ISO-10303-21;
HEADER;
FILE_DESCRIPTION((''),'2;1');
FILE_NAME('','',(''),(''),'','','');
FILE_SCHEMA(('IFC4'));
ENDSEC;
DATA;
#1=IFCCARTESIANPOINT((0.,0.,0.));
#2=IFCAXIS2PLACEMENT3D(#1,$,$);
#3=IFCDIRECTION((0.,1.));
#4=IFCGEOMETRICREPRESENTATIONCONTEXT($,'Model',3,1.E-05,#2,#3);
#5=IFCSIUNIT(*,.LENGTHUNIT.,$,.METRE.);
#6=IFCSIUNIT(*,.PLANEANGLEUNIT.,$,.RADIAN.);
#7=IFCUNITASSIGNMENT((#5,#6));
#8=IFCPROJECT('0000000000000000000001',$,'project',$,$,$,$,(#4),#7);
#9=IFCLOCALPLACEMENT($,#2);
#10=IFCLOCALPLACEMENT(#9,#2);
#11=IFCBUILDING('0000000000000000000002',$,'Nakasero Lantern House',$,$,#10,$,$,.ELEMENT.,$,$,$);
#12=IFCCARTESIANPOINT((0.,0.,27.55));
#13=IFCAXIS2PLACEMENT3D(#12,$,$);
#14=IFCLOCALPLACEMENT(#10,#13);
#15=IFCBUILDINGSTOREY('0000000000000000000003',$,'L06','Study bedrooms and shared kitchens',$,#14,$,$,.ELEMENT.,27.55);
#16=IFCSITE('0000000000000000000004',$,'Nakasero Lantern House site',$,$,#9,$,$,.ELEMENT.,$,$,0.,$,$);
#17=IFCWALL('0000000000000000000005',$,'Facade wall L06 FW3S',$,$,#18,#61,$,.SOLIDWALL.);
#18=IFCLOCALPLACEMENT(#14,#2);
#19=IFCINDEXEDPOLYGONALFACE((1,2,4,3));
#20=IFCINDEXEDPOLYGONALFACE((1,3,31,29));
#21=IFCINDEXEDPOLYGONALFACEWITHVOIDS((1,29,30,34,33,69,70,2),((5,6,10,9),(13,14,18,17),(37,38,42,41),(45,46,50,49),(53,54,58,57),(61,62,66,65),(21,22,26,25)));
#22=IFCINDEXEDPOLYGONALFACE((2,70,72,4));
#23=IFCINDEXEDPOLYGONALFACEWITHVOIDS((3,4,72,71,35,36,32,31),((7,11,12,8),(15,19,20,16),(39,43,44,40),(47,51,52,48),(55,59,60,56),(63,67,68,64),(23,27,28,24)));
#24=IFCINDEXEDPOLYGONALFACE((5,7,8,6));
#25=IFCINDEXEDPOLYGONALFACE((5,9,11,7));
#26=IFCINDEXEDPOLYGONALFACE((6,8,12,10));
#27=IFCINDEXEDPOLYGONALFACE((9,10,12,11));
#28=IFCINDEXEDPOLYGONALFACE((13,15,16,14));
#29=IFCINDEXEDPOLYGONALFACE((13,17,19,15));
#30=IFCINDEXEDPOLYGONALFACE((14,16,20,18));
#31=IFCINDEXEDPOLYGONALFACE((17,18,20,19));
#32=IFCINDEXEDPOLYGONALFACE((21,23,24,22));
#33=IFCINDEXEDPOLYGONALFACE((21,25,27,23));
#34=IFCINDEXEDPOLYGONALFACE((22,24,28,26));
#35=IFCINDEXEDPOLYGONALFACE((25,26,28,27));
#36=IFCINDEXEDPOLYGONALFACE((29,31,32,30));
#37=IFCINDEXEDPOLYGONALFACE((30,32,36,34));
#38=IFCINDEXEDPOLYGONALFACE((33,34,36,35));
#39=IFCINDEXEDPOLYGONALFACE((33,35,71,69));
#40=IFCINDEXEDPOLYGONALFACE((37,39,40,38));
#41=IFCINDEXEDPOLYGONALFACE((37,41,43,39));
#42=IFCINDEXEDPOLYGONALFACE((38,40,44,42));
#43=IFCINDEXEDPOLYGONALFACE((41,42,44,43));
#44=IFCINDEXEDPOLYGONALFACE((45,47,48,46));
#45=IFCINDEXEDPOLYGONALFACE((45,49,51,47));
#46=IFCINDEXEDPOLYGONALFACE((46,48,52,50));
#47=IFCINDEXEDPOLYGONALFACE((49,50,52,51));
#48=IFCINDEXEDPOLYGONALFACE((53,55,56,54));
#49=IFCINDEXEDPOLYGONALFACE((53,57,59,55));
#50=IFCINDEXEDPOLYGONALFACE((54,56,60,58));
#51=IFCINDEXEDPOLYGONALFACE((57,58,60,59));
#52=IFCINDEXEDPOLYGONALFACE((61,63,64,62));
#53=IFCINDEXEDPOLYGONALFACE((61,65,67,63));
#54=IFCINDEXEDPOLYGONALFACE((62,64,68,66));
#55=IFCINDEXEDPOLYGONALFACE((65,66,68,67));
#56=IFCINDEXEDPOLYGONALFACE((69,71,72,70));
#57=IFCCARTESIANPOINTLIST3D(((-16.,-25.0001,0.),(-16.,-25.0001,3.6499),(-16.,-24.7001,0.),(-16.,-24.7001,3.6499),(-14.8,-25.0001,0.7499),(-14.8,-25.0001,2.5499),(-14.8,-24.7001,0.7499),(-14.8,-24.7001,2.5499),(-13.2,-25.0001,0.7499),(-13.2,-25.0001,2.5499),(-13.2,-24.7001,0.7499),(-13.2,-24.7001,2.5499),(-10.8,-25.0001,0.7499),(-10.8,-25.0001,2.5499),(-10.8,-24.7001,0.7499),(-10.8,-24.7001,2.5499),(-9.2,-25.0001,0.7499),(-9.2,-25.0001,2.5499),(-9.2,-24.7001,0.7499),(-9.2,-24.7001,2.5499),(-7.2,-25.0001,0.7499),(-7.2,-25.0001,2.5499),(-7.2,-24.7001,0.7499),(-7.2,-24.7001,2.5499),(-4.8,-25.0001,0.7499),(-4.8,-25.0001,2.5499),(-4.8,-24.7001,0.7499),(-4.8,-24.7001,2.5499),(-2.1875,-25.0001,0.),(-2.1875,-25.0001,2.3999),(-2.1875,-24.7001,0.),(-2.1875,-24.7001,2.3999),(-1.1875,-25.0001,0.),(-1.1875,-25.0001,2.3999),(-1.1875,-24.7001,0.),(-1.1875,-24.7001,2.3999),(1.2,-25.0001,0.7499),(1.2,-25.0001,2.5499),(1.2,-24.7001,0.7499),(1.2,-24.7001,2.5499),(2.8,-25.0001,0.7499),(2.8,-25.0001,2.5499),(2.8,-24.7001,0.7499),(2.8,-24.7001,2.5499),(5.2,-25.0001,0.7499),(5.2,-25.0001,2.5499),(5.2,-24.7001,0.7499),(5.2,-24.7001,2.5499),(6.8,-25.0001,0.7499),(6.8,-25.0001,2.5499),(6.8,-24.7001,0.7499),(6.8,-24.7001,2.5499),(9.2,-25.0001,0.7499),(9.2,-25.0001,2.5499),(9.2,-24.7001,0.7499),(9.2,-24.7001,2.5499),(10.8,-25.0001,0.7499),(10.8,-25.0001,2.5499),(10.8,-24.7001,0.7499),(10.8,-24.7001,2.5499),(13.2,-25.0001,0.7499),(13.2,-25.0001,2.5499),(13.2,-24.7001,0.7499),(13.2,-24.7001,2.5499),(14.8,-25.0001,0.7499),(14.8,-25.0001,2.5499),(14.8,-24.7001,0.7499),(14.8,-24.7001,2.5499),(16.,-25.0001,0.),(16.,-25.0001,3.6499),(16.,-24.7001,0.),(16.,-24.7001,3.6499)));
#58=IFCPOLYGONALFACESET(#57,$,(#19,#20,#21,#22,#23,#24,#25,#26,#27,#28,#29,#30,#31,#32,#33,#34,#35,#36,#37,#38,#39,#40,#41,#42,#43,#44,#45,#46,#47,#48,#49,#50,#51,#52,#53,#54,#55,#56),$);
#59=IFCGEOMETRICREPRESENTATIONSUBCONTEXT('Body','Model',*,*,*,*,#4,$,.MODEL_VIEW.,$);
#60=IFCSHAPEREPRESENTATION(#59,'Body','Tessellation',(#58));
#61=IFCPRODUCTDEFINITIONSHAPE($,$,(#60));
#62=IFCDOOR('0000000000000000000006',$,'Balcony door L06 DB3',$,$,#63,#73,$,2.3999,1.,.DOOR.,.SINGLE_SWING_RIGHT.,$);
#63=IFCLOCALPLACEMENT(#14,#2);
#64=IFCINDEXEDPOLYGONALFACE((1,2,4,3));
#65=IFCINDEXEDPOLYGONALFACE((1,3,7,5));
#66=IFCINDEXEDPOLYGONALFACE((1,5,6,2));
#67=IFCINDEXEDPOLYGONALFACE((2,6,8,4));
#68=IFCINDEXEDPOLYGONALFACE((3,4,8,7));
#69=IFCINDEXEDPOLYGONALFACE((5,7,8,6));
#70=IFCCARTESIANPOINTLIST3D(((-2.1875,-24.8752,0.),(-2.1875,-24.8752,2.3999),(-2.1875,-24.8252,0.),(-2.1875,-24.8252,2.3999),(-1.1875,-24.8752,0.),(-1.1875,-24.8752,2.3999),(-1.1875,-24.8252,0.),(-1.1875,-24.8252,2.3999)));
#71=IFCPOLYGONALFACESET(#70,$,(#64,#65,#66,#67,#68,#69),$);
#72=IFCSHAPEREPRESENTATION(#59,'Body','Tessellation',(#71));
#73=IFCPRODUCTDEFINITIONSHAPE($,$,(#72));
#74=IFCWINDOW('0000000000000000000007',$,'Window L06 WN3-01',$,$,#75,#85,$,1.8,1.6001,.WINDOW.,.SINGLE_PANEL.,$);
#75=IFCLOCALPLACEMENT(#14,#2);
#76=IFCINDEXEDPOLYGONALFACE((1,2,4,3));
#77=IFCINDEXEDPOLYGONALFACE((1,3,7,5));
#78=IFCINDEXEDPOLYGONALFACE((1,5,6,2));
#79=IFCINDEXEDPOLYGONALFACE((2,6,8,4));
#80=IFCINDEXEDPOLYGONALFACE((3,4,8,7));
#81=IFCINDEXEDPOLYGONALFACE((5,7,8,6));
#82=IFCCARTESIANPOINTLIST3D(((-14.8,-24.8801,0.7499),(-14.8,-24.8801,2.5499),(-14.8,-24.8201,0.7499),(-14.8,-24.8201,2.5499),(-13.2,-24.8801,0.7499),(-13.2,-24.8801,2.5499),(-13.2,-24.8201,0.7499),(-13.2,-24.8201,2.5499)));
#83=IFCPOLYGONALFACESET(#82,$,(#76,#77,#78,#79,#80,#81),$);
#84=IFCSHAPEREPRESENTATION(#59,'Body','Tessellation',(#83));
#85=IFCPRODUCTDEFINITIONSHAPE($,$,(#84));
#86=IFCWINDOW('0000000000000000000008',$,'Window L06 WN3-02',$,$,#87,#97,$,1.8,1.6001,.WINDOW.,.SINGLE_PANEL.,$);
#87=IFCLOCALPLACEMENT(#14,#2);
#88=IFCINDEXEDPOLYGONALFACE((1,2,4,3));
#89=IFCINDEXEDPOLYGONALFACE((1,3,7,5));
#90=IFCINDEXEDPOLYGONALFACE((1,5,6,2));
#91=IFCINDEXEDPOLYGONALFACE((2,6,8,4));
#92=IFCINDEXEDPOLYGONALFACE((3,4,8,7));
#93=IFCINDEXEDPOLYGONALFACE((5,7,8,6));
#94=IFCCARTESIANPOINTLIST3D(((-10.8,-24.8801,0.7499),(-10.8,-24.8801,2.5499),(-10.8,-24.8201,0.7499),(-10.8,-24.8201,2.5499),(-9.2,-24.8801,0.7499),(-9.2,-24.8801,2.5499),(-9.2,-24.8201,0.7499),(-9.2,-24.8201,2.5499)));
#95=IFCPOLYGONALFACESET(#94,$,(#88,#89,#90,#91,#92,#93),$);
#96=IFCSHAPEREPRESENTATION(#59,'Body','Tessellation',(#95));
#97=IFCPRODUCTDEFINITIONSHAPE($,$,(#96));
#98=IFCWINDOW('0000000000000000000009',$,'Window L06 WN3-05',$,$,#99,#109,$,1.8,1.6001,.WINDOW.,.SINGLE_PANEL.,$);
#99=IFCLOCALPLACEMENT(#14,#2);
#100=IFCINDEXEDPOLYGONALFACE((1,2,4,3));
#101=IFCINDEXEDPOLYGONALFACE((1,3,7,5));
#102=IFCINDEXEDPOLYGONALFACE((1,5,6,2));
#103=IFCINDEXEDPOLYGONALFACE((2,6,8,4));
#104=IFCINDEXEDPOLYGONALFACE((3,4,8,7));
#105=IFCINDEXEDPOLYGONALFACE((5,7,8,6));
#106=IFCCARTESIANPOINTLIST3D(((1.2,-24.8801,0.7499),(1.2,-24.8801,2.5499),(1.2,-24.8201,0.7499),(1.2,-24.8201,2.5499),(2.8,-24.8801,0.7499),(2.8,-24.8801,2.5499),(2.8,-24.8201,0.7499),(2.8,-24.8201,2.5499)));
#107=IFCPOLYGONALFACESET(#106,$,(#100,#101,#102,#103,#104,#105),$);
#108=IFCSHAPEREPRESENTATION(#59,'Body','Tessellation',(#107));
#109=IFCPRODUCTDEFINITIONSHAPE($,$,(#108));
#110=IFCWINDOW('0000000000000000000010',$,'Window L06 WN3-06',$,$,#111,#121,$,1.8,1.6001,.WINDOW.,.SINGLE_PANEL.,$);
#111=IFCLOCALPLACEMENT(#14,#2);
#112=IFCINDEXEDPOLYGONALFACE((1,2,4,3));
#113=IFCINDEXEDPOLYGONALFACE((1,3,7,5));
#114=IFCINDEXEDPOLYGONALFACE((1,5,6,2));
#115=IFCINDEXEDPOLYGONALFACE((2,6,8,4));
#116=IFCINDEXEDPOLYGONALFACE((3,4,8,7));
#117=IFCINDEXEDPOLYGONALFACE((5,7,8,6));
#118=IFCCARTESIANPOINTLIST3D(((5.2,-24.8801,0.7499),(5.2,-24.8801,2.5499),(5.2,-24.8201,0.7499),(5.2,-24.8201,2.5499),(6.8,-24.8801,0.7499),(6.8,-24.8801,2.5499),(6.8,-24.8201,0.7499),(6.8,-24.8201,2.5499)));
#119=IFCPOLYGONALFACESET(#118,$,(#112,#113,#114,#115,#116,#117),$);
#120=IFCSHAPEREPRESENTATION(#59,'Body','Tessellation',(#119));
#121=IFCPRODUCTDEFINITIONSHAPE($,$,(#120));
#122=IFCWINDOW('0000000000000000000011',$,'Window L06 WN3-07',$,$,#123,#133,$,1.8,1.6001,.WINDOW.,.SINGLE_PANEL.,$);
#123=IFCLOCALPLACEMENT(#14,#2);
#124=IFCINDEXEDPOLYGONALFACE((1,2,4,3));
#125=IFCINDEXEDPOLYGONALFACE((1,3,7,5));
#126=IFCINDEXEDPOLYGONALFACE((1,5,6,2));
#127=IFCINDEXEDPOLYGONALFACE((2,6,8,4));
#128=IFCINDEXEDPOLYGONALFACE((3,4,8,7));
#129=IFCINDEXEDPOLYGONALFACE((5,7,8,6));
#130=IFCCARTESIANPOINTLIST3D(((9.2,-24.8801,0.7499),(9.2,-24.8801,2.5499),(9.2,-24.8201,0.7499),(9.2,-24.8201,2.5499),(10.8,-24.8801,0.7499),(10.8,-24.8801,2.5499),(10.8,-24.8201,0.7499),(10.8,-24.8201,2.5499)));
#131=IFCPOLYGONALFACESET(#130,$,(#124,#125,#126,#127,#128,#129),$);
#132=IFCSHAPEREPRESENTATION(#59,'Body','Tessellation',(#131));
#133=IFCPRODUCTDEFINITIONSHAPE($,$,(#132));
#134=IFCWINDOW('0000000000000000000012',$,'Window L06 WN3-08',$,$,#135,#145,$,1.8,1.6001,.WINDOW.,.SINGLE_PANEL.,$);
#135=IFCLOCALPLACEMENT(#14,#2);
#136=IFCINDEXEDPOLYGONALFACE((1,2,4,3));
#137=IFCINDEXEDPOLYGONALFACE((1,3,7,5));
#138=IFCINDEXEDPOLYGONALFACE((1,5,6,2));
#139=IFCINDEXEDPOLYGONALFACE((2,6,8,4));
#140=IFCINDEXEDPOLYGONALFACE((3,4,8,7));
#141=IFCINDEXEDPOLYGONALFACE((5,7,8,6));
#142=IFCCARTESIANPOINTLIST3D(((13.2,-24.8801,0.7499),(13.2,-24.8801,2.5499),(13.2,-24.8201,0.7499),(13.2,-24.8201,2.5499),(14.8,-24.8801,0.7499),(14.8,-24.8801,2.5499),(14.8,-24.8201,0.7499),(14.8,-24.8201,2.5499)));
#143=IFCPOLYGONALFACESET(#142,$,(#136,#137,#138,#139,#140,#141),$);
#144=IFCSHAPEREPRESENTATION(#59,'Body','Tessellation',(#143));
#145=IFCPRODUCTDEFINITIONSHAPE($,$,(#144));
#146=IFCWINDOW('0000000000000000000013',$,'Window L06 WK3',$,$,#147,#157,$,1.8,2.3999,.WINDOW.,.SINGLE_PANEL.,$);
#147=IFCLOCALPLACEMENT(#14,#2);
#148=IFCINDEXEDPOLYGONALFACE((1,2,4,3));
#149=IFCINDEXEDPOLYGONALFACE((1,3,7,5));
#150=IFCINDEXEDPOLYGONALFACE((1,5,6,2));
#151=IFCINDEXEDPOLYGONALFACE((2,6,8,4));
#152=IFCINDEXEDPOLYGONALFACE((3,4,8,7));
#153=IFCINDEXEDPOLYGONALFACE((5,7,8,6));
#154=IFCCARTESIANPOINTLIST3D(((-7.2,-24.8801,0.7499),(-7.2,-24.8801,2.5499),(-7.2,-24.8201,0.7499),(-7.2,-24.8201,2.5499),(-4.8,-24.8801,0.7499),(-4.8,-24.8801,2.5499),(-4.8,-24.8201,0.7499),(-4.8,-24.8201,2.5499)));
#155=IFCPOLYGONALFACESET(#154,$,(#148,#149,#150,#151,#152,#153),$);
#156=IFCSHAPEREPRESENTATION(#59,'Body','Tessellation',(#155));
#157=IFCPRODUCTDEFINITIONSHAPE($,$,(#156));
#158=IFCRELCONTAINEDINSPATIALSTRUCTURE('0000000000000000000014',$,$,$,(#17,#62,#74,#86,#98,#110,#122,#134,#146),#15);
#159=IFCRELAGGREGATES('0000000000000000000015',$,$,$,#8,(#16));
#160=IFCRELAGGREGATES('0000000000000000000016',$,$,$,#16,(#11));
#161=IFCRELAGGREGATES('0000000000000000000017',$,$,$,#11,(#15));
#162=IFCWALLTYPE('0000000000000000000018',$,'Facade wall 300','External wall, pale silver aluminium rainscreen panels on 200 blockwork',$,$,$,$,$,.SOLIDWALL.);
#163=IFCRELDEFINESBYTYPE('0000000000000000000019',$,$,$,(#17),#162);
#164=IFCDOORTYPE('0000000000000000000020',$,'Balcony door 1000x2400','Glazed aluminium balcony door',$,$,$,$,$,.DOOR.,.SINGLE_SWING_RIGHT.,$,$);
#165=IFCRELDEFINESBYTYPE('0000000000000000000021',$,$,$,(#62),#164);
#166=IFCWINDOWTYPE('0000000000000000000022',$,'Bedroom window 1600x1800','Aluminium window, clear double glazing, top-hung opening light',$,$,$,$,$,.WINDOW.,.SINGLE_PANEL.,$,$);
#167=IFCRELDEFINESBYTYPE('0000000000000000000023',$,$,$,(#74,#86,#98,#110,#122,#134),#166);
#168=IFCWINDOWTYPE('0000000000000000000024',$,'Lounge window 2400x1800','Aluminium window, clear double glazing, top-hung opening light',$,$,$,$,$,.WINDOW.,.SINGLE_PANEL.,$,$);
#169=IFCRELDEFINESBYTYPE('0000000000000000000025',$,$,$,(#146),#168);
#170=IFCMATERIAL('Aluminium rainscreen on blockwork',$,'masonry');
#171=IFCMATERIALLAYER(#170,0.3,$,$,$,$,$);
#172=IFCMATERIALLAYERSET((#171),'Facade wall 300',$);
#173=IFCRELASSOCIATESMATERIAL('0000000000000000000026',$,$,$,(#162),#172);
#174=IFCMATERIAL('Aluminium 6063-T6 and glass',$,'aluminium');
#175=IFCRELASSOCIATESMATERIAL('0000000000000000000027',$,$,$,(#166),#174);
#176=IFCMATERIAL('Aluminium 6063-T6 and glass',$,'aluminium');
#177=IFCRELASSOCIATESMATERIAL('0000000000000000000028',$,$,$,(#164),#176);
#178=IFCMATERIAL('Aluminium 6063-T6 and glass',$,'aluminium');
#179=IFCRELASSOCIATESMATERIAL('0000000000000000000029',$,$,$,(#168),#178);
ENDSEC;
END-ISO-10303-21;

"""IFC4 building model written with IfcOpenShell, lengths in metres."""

from ifc_helpers import new_model, si_unit, direction, frame, frame_2d, origin, place, context, subcontext, project, spatial, rectangle, extrude, material, layer, layer_set, type_object, element, fill, save


model = new_model("IFC4")

# Units and contexts
model_context = context("Model", 3, precision=1e-05, world=origin(), true_north=direction((0.0, 1.0)))
body_context = subcontext(model_context, "Body", "Model", "MODEL_VIEW")
ifc_project = project(units=[si_unit("LENGTHUNIT", "METRE"), si_unit("PLANEANGLEUNIT", "RADIAN")], contexts=[model_context])

# Site, building, storey
site_placement = place(None, origin())
site = spatial("IfcSite", under=ifc_project, at=site_placement, Name="Nakasero Lantern House site", CompositionType="ELEMENT", RefElevation=0.0)
building_placement = place(site_placement, origin())
building = spatial("IfcBuilding", under=site, at=building_placement, Name="Nakasero Lantern House", CompositionType="ELEMENT")
storey_placement = place(building_placement, frame((0.0, 0.0, 27.55)))
storey = spatial("IfcBuildingStorey", under=building, at=storey_placement, Name="L06", Description="Study bedrooms and shared kitchens", CompositionType="ELEMENT", Elevation=27.55)

# Shared definitions
ifc_material_1 = material(Name="Aluminium rainscreen on blockwork", Category="masonry")
ifc_layer_1 = layer(ifc_material_1, 0.3)
ifc_layer_set_1 = layer_set([ifc_layer_1], Name="Facade wall 300")
wall_type_1 = type_object("IfcWallType", Name="Facade wall 300", Description="External wall, pale silver aluminium rainscreen panels on 200 blockwork", PredefinedType="SOLIDWALL", material=ifc_layer_set_1)
ifc_material_2 = material(Name="Aluminium 6063-T6 and glass", Category="aluminium")
window_type_1 = type_object("IfcWindowType", Name="Bedroom window 1600x1800", Description="Aluminium window, clear double glazing, top-hung opening light", PartitioningType="SINGLE_PANEL", PredefinedType="WINDOW", material=ifc_material_2)

# Wall, openings, door, windows
wall_1_placement = place(storey_placement, frame((-16.0, -24.8501, 0.0), z_axis=(0.0, 0.0, 1.0), x_axis=(1.0, 0.0, 0.0)))
wall_1 = element("IfcWall", 1, at=wall_1_placement, inside=storey, type_object=wall_type_1, Name="Facade wall L06 FW3S", PredefinedType="SOLIDWALL", context=body_context, shape_type="SweptSolid", body=[
    extrude(rectangle(XDim=32.0, YDim=0.3, at=frame_2d((16.0, 0.0))), origin(), (0.0, 0.0, 1.0), 3.6499),
])
opening_1_placement = place(wall_1_placement, frame((1.2, 0.0, 0.75)))
opening_1 = element("IfcOpeningElement", 2, at=opening_1_placement, cuts=wall_1, PredefinedType="OPENING", context=body_context, shape_type="SweptSolid", body=[
    extrude(rectangle(XDim=1.6001, YDim=1.8, at=frame_2d((0.8, 0.8999))), frame((0.0, 0.1699, 0.0), z_axis=(0.0, -1.0, 0.0), x_axis=(1.0, 0.0, 0.0)), (0.0, 0.0, 1.0), 0.3401),
])
opening_2_placement = place(wall_1_placement, frame((5.2, 0.0, 0.75)))
opening_2 = element("IfcOpeningElement", 3, at=opening_2_placement, cuts=wall_1, PredefinedType="OPENING", context=body_context, shape_type="SweptSolid", body=[
    extrude(rectangle(XDim=1.6001, YDim=1.8, at=frame_2d((0.8, 0.8999))), frame((0.0, 0.1699, 0.0), z_axis=(0.0, -1.0, 0.0), x_axis=(1.0, 0.0, 0.0)), (0.0, 0.0, 1.0), 0.3401),
])
opening_3_placement = place(wall_1_placement, frame((17.2, 0.0, 0.75)))
opening_3 = element("IfcOpeningElement", 4, at=opening_3_placement, cuts=wall_1, PredefinedType="OPENING", context=body_context, shape_type="SweptSolid", body=[
    extrude(rectangle(XDim=1.6001, YDim=1.8, at=frame_2d((0.8, 0.8999))), frame((0.0, 0.1699, 0.0), z_axis=(0.0, -1.0, 0.0), x_axis=(1.0, 0.0, 0.0)), (0.0, 0.0, 1.0), 0.3401),
])
opening_4_placement = place(wall_1_placement, frame((21.2, 0.0, 0.75)))
opening_4 = element("IfcOpeningElement", 5, at=opening_4_placement, cuts=wall_1, PredefinedType="OPENING", context=body_context, shape_type="SweptSolid", body=[
    extrude(rectangle(XDim=1.6001, YDim=1.8, at=frame_2d((0.8, 0.8999))), frame((0.0, 0.1699, 0.0), z_axis=(0.0, -1.0, 0.0), x_axis=(1.0, 0.0, 0.0)), (0.0, 0.0, 1.0), 0.3401),
])
opening_5_placement = place(wall_1_placement, frame((25.2, 0.0, 0.75)))
opening_5 = element("IfcOpeningElement", 6, at=opening_5_placement, cuts=wall_1, PredefinedType="OPENING", context=body_context, shape_type="SweptSolid", body=[
    extrude(rectangle(XDim=1.6001, YDim=1.8, at=frame_2d((0.8, 0.8999))), frame((0.0, 0.1699, 0.0), z_axis=(0.0, -1.0, 0.0), x_axis=(1.0, 0.0, 0.0)), (0.0, 0.0, 1.0), 0.3401),
])
opening_6_placement = place(wall_1_placement, frame((29.2, 0.0, 0.75)))
opening_6 = element("IfcOpeningElement", 7, at=opening_6_placement, cuts=wall_1, PredefinedType="OPENING", context=body_context, shape_type="SweptSolid", body=[
    extrude(rectangle(XDim=1.6001, YDim=1.8, at=frame_2d((0.8, 0.8999))), frame((0.0, 0.1699, 0.0), z_axis=(0.0, -1.0, 0.0), x_axis=(1.0, 0.0, 0.0)), (0.0, 0.0, 1.0), 0.3401),
])
opening_7_placement = place(wall_1_placement, frame((8.8, 0.0, 0.75)))
opening_7 = element("IfcOpeningElement", 8, at=opening_7_placement, cuts=wall_1, PredefinedType="OPENING", context=body_context, shape_type="SweptSolid", body=[
    extrude(rectangle(XDim=2.3999, YDim=1.8, at=frame_2d((1.2, 0.8999))), frame((0.0, 0.1699, 0.0), z_axis=(0.0, -1.0, 0.0), x_axis=(1.0, 0.0, 0.0)), (0.0, 0.0, 1.0), 0.3401),
])
opening_8_placement = place(wall_1_placement, frame((13.8125, 0.0, 0.0)))
opening_8 = element("IfcOpeningElement", 9, at=opening_8_placement, cuts=wall_1, PredefinedType="OPENING", context=body_context, shape_type="SweptSolid", body=[
    extrude(rectangle(XDim=1.0, YDim=2.3999, at=frame_2d((0.5, 1.2))), frame((0.0, 0.1699, 0.0), z_axis=(0.0, -1.0, 0.0), x_axis=(1.0, 0.0, 0.0)), (0.0, 0.0, 1.0), 0.3401),
])
ifc_material_3 = material(Name="Aluminium 6063-T6 and glass", Category="aluminium")
door_type_1 = type_object("IfcDoorType", Name="Balcony door 1000x2400", Description="Glazed aluminium balcony door", OperationType="SINGLE_SWING_RIGHT", PredefinedType="DOOR", material=ifc_material_3)
door_1_placement = place(opening_8_placement, origin())
door_1 = element("IfcDoor", 10, at=door_1_placement, inside=storey, type_object=door_type_1, Name="Balcony door L06 DB3", OperationType="SINGLE_SWING_RIGHT", OverallHeight=2.3999, OverallWidth=1.0, PredefinedType="DOOR", context=body_context, shape_type="SweptSolid", body=[
    extrude(rectangle(XDim=1.0, YDim=2.3999, at=frame_2d((0.5, 1.2))), frame((0.0, 0.0249, 0.0), z_axis=(0.0, -1.0, 0.0), x_axis=(1.0, 0.0, 0.0)), (0.0, 0.0, 1.0), 0.05),
])
fill(opening_8, door_1)
window_1_placement = place(opening_1_placement, origin())
window_1 = element("IfcWindow", 11, at=window_1_placement, inside=storey, type_object=window_type_1, Name="Window L06 WN3-01", OverallHeight=1.8, OverallWidth=1.6001, PartitioningType="SINGLE_PANEL", PredefinedType="WINDOW", context=body_context, shape_type="SweptSolid", body=[
    extrude(rectangle(XDim=1.6001, YDim=1.8, at=frame_2d((0.8, 0.8999))), frame((0.0, 0.03, 0.0), z_axis=(0.0, -1.0, 0.0), x_axis=(1.0, 0.0, 0.0)), (0.0, 0.0, 1.0), 0.0601),
])
fill(opening_1, window_1)
window_2_placement = place(opening_2_placement, origin())
window_2 = element("IfcWindow", 12, at=window_2_placement, inside=storey, type_object=window_type_1, Name="Window L06 WN3-02", OverallHeight=1.8, OverallWidth=1.6001, PartitioningType="SINGLE_PANEL", PredefinedType="WINDOW", context=body_context, shape_type="SweptSolid", body=[
    extrude(rectangle(XDim=1.6001, YDim=1.8, at=frame_2d((0.8, 0.8999))), frame((0.0, 0.03, 0.0), z_axis=(0.0, -1.0, 0.0), x_axis=(1.0, 0.0, 0.0)), (0.0, 0.0, 1.0), 0.0601),
])
fill(opening_2, window_2)
window_3_placement = place(opening_3_placement, origin())
window_3 = element("IfcWindow", 13, at=window_3_placement, inside=storey, type_object=window_type_1, Name="Window L06 WN3-05", OverallHeight=1.8, OverallWidth=1.6001, PartitioningType="SINGLE_PANEL", PredefinedType="WINDOW", context=body_context, shape_type="SweptSolid", body=[
    extrude(rectangle(XDim=1.6001, YDim=1.8, at=frame_2d((0.8, 0.8999))), frame((0.0, 0.03, 0.0), z_axis=(0.0, -1.0, 0.0), x_axis=(1.0, 0.0, 0.0)), (0.0, 0.0, 1.0), 0.0601),
])
fill(opening_3, window_3)
window_4_placement = place(opening_4_placement, origin())
window_4 = element("IfcWindow", 14, at=window_4_placement, inside=storey, type_object=window_type_1, Name="Window L06 WN3-06", OverallHeight=1.8, OverallWidth=1.6001, PartitioningType="SINGLE_PANEL", PredefinedType="WINDOW", context=body_context, shape_type="SweptSolid", body=[
    extrude(rectangle(XDim=1.6001, YDim=1.8, at=frame_2d((0.8, 0.8999))), frame((0.0, 0.03, 0.0), z_axis=(0.0, -1.0, 0.0), x_axis=(1.0, 0.0, 0.0)), (0.0, 0.0, 1.0), 0.0601),
])
fill(opening_4, window_4)
window_5_placement = place(opening_5_placement, origin())
window_5 = element("IfcWindow", 15, at=window_5_placement, inside=storey, type_object=window_type_1, Name="Window L06 WN3-07", OverallHeight=1.8, OverallWidth=1.6001, PartitioningType="SINGLE_PANEL", PredefinedType="WINDOW", context=body_context, shape_type="SweptSolid", body=[
    extrude(rectangle(XDim=1.6001, YDim=1.8, at=frame_2d((0.8, 0.8999))), frame((0.0, 0.03, 0.0), z_axis=(0.0, -1.0, 0.0), x_axis=(1.0, 0.0, 0.0)), (0.0, 0.0, 1.0), 0.0601),
])
fill(opening_5, window_5)
window_6_placement = place(opening_6_placement, origin())
window_6 = element("IfcWindow", 16, at=window_6_placement, inside=storey, type_object=window_type_1, Name="Window L06 WN3-08", OverallHeight=1.8, OverallWidth=1.6001, PartitioningType="SINGLE_PANEL", PredefinedType="WINDOW", context=body_context, shape_type="SweptSolid", body=[
    extrude(rectangle(XDim=1.6001, YDim=1.8, at=frame_2d((0.8, 0.8999))), frame((0.0, 0.03, 0.0), z_axis=(0.0, -1.0, 0.0), x_axis=(1.0, 0.0, 0.0)), (0.0, 0.0, 1.0), 0.0601),
])
fill(opening_6, window_6)
ifc_material_4 = material(Name="Aluminium 6063-T6 and glass", Category="aluminium")
window_type_2 = type_object("IfcWindowType", Name="Lounge window 2400x1800", Description="Aluminium window, clear double glazing, top-hung opening light", PartitioningType="SINGLE_PANEL", PredefinedType="WINDOW", material=ifc_material_4)
window_7_placement = place(opening_7_placement, origin())
window_7 = element("IfcWindow", 17, at=window_7_placement, inside=storey, type_object=window_type_2, Name="Window L06 WK3", OverallHeight=1.8, OverallWidth=2.3999, PartitioningType="SINGLE_PANEL", PredefinedType="WINDOW", context=body_context, shape_type="SweptSolid", body=[
    extrude(rectangle(XDim=2.3999, YDim=1.8, at=frame_2d((1.2, 0.8999))), frame((0.0, 0.03, 0.0), z_axis=(0.0, -1.0, 0.0), x_axis=(1.0, 0.0, 0.0)), (0.0, 0.0, 1.0), 0.0601),
])
fill(opening_7, window_7)

save(model, "model.ifc")
